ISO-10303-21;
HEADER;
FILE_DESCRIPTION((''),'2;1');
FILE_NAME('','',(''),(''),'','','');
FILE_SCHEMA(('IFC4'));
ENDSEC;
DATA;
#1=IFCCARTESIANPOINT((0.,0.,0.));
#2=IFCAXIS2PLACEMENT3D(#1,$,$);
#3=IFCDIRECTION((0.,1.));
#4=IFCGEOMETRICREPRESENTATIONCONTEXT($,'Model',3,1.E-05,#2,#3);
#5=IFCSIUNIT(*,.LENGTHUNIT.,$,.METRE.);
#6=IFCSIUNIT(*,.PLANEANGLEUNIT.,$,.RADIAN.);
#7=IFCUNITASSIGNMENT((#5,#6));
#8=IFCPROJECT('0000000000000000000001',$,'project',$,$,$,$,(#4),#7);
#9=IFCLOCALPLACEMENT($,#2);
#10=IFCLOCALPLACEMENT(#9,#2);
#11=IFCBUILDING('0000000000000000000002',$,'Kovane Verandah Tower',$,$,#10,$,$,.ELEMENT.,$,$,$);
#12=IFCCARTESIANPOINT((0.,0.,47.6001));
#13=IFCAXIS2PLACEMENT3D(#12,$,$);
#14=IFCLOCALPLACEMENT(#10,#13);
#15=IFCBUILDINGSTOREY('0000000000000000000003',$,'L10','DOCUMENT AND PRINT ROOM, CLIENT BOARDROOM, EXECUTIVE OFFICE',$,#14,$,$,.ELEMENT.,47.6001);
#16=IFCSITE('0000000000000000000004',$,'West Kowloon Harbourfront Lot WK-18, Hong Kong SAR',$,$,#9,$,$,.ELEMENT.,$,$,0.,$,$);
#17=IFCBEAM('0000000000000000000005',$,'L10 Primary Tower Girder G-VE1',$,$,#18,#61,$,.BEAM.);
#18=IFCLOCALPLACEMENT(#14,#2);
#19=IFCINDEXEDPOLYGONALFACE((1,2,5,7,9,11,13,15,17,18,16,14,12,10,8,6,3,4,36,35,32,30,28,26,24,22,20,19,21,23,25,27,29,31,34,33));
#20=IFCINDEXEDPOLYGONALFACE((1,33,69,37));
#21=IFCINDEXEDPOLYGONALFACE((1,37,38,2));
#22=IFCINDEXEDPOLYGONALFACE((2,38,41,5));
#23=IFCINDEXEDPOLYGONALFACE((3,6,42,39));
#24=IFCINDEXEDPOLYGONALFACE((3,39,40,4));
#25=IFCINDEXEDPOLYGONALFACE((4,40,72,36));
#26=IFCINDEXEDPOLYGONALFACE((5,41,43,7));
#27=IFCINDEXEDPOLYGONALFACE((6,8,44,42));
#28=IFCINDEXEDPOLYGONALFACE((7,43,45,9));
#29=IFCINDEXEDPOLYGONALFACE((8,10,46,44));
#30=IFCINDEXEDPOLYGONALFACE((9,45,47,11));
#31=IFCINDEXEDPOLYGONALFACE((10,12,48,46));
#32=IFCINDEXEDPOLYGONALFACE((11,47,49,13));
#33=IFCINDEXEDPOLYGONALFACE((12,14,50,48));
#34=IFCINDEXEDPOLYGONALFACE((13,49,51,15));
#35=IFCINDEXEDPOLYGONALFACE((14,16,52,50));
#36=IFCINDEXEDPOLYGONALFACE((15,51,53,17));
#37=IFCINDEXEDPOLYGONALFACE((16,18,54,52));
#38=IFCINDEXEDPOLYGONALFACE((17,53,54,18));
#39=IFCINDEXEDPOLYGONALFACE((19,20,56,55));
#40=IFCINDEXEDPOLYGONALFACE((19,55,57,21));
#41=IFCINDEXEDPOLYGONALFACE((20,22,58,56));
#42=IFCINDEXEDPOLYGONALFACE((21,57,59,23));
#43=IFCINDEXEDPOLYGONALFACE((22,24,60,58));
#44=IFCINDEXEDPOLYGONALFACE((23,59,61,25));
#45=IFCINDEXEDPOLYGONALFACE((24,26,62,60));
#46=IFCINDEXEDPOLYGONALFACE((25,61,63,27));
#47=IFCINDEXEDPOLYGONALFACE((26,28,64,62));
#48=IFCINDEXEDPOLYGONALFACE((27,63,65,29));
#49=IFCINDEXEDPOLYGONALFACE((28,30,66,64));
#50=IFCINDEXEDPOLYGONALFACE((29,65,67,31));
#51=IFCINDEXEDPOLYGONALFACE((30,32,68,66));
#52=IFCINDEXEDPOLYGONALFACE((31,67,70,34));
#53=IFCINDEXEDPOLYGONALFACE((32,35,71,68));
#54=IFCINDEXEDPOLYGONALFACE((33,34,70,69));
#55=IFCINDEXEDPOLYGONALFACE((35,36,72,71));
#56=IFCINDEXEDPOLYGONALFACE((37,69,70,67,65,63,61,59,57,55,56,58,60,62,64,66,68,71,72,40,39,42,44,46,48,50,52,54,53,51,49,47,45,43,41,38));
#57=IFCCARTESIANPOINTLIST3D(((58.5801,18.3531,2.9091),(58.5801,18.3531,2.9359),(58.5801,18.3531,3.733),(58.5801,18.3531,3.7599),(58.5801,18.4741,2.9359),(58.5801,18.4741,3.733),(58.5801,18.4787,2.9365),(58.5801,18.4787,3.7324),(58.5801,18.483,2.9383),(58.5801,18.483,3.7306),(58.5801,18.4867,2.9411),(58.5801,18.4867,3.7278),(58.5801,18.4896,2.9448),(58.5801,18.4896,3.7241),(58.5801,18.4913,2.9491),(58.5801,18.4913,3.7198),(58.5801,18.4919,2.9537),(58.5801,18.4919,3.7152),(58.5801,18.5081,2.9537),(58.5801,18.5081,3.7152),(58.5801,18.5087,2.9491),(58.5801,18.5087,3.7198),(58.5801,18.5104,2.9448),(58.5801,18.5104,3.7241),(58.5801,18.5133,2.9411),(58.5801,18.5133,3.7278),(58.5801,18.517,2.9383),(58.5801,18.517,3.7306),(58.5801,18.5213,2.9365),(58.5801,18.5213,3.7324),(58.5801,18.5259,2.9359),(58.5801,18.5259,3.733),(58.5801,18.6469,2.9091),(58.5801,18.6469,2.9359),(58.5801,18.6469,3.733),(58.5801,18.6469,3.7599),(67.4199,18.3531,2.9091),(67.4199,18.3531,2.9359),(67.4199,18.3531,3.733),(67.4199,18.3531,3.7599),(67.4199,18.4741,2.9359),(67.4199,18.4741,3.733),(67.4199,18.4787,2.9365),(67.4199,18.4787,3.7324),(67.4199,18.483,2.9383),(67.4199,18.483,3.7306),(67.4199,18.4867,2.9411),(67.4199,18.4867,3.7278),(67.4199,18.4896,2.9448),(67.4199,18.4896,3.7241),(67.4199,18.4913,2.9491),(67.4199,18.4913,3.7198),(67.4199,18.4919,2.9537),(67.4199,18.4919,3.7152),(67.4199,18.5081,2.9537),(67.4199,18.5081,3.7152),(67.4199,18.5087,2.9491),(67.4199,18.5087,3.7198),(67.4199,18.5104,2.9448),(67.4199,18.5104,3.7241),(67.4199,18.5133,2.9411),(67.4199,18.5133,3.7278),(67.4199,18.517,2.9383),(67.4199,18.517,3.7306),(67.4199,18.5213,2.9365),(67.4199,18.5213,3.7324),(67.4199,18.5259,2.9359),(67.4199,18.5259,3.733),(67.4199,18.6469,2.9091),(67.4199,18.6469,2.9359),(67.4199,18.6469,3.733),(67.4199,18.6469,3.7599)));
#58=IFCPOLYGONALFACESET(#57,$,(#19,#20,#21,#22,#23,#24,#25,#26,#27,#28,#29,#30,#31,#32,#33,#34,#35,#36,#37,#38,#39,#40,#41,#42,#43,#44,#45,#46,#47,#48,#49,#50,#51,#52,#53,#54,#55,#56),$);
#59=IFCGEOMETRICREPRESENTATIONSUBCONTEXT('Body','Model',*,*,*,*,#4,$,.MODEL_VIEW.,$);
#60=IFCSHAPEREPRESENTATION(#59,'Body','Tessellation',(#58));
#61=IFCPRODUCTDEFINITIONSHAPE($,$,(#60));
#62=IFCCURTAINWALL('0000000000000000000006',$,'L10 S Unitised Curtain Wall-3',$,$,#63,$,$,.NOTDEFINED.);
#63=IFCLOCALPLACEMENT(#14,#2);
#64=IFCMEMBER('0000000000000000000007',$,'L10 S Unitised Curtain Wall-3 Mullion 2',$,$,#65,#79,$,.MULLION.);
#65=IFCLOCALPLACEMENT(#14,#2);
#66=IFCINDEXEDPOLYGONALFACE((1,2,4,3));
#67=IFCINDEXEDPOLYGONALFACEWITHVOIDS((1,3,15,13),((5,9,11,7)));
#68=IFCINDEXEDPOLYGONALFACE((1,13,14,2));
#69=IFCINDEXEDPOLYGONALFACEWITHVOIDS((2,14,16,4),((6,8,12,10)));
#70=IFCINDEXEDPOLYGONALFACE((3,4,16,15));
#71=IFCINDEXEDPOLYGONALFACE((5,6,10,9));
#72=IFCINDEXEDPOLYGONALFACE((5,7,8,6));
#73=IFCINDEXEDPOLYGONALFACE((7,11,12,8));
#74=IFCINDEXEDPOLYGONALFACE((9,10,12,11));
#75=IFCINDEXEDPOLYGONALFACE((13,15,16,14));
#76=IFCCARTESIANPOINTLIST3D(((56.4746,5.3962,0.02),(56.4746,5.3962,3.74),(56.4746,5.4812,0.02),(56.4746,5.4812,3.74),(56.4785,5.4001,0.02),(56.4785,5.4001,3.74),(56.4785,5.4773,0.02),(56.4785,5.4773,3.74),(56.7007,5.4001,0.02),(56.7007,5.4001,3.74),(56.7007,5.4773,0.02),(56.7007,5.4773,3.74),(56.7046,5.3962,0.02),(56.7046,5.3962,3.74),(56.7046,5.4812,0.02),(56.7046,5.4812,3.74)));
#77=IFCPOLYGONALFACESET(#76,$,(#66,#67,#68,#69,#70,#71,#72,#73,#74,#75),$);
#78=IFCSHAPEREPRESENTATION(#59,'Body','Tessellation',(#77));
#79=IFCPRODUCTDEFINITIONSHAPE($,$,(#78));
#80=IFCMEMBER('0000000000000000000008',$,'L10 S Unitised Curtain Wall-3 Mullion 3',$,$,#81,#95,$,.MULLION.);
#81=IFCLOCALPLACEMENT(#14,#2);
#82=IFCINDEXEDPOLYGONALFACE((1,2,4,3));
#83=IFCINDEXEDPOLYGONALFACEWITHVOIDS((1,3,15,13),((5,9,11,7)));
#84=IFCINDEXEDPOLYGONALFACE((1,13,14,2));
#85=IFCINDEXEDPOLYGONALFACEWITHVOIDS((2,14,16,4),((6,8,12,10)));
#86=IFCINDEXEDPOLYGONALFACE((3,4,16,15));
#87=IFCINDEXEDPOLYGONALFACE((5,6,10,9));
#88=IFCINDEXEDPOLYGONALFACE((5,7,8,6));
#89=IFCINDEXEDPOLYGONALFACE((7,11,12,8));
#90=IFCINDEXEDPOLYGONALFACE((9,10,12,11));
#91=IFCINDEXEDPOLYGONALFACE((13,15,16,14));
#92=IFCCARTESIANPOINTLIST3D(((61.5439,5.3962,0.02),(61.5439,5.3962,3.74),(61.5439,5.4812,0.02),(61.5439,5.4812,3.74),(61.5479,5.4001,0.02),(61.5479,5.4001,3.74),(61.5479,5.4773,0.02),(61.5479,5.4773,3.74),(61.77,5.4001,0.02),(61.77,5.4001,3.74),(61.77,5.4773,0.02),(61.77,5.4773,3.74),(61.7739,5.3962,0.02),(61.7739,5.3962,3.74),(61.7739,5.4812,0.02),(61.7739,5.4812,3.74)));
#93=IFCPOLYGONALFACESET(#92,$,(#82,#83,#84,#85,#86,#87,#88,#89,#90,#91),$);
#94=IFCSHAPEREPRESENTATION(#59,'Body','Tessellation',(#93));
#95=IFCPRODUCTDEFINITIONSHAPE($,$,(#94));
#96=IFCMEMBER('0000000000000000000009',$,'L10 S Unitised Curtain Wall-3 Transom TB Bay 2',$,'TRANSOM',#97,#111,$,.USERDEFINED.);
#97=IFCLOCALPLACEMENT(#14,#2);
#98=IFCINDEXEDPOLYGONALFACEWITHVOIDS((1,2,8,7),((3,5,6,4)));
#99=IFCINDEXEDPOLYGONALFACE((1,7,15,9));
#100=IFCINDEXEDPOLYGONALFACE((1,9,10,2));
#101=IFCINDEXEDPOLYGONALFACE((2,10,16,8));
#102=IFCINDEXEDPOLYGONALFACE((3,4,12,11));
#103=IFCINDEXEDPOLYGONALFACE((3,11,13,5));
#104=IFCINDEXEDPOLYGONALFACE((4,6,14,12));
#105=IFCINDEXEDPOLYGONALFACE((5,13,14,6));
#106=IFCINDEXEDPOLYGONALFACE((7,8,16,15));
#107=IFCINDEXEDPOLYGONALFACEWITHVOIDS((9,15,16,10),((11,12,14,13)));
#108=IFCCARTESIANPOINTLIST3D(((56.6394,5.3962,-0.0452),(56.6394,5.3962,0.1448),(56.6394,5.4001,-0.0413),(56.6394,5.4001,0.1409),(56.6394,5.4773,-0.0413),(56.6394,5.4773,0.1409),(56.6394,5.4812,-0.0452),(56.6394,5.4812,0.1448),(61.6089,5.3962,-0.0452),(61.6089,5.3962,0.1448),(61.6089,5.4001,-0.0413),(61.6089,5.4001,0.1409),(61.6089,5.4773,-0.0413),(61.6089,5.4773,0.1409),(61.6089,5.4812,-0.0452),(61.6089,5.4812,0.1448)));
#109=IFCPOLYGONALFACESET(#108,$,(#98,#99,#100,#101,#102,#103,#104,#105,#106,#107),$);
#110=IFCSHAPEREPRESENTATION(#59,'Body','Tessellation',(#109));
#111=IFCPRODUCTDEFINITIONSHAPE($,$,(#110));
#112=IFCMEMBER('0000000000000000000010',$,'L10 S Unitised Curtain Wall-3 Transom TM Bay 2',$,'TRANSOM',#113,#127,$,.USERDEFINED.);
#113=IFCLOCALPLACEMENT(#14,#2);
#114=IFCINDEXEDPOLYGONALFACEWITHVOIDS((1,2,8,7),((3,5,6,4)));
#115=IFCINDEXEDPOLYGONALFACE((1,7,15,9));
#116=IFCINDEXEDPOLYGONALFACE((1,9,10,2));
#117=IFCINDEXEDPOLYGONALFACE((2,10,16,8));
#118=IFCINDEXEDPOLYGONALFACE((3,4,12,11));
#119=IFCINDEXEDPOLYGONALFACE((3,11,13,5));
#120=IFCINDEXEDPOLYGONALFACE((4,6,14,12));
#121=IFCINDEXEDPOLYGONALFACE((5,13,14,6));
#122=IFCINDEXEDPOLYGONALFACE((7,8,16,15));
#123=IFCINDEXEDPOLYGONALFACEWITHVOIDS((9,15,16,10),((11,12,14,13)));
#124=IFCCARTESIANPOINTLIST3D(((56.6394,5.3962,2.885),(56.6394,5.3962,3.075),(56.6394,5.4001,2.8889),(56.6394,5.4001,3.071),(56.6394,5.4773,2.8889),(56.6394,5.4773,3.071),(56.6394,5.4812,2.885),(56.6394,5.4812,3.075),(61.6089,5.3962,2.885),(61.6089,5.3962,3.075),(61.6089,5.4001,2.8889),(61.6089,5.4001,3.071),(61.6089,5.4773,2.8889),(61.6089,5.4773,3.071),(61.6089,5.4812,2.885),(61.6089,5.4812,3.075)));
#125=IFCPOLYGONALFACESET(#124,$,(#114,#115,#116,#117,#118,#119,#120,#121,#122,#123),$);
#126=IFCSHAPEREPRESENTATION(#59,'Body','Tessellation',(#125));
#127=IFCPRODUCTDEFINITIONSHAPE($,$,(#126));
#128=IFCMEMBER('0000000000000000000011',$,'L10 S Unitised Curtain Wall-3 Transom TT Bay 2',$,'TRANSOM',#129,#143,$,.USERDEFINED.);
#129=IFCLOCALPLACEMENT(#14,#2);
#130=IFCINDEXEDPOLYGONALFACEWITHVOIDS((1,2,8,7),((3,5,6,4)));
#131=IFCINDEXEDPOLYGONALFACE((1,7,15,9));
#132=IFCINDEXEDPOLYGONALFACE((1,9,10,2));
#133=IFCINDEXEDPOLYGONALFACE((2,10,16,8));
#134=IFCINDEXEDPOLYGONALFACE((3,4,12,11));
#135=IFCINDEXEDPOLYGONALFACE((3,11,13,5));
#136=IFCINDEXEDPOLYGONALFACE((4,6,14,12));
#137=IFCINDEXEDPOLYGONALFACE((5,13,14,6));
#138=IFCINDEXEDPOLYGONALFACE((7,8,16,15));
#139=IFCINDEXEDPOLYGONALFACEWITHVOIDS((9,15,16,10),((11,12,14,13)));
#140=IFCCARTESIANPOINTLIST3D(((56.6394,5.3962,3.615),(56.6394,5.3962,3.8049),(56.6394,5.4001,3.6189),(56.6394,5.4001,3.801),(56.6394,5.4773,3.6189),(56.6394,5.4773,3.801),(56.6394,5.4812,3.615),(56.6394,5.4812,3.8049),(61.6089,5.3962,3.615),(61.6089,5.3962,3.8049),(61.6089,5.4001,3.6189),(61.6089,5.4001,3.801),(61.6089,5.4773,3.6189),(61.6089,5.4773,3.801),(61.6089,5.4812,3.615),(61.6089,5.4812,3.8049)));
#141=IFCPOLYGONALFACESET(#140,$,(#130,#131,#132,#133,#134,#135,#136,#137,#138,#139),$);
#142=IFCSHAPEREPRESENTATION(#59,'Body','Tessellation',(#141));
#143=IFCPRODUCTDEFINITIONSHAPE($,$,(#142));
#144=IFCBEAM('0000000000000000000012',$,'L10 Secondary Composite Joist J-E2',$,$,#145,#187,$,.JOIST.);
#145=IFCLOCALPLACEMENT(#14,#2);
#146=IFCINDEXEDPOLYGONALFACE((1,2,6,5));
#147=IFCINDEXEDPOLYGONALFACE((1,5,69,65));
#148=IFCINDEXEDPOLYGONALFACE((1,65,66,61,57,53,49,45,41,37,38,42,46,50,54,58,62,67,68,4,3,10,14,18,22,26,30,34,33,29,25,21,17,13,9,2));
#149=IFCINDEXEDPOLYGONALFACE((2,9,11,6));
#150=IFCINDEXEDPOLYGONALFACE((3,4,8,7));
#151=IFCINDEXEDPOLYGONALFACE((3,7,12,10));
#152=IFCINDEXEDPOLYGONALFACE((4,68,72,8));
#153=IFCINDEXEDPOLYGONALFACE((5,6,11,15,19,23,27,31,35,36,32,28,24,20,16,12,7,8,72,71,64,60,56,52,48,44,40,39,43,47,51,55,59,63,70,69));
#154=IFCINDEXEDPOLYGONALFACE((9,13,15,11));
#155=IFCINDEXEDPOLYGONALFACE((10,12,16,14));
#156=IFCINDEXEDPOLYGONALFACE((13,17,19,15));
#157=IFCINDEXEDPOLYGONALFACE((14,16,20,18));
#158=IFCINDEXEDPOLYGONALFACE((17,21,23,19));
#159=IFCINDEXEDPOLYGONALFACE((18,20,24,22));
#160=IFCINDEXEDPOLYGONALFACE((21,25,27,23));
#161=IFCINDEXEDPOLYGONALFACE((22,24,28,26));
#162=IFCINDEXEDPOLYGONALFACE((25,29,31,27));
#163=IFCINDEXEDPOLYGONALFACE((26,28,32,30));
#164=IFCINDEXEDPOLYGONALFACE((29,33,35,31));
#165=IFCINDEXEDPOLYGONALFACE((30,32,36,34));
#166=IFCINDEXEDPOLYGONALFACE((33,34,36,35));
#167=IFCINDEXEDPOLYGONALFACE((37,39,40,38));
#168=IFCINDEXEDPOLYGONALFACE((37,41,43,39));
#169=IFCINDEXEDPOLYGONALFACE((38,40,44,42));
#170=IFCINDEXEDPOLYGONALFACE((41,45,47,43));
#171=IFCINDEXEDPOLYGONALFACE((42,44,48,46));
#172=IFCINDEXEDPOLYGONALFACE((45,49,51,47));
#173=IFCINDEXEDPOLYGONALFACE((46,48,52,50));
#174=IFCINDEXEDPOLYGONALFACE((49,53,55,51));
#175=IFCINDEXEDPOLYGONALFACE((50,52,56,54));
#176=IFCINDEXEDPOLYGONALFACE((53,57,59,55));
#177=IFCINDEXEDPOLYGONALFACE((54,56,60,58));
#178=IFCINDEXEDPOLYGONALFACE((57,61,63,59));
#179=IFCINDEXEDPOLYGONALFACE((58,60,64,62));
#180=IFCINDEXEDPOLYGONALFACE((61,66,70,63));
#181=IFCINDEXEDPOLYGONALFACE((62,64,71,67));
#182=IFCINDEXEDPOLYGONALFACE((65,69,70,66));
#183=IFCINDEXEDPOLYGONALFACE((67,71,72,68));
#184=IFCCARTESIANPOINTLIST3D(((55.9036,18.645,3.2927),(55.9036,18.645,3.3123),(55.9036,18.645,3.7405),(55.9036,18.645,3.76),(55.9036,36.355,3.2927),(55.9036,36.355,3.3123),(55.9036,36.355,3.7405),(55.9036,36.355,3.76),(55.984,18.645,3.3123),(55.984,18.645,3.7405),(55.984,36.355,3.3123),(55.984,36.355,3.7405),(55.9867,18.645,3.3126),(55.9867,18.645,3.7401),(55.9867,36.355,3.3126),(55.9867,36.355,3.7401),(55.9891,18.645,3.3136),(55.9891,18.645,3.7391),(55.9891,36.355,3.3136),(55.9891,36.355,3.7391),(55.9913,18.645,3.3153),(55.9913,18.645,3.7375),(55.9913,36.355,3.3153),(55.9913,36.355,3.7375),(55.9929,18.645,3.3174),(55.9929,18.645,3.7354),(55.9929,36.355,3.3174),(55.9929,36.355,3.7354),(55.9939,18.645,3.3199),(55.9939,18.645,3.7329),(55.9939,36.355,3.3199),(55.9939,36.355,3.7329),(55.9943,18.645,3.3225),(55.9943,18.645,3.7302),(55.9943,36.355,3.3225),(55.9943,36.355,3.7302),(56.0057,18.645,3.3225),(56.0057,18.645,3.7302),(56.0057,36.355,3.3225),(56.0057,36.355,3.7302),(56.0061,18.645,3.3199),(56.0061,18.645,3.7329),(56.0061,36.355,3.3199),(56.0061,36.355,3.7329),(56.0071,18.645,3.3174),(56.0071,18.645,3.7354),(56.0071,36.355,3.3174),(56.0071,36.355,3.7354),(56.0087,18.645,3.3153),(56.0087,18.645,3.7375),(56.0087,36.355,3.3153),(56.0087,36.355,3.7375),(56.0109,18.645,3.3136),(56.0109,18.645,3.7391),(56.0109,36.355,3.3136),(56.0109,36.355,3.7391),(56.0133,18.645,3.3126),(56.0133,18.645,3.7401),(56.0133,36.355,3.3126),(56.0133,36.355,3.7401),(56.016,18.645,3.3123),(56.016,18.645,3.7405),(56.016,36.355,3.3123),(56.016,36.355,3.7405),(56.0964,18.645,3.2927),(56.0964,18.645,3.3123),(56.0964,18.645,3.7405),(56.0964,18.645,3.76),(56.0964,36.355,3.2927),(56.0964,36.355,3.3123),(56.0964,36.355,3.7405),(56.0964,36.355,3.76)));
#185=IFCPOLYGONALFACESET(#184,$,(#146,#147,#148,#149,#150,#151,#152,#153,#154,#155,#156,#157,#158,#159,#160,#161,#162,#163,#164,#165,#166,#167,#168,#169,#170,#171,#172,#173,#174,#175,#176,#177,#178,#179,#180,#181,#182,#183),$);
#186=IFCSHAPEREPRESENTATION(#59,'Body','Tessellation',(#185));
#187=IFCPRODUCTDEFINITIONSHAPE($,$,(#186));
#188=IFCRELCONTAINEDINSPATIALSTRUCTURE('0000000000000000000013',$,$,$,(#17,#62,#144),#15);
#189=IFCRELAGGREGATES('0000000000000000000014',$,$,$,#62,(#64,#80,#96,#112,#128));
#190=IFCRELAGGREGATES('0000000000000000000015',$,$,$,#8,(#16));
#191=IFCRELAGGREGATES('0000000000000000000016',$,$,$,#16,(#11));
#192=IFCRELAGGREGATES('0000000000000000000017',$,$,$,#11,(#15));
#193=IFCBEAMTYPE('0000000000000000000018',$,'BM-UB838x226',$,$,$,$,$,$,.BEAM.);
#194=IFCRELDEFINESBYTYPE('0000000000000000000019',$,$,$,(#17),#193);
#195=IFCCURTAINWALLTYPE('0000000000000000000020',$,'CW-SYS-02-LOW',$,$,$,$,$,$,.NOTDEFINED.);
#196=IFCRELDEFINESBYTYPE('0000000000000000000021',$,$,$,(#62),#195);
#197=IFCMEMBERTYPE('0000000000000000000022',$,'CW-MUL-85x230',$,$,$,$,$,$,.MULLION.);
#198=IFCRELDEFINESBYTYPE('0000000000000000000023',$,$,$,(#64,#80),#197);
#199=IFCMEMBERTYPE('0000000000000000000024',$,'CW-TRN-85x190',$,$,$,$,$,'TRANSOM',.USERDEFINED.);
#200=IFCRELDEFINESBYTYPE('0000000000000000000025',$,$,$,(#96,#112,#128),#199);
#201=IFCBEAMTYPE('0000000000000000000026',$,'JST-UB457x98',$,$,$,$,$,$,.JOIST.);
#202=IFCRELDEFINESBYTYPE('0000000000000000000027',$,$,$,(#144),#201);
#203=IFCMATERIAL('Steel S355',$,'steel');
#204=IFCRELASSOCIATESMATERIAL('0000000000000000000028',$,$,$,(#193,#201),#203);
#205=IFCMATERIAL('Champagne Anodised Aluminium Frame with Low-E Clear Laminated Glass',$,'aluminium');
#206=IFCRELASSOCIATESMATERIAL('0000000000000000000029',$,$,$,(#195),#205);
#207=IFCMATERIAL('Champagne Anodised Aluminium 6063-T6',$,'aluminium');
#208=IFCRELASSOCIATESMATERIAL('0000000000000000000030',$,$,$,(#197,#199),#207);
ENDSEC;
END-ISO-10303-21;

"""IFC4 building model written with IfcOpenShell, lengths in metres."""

from ifc_helpers import new_model, si_unit, direction, frame, origin, origin_2d, place, context, subcontext, project, spatial, hollow_rectangle, i_section, extrude, material, material_profile, profile_set, type_object, element, aggregate, save


model = new_model("IFC4")

# Units and contexts
model_context = context("Model", 3, precision=1e-05, world=origin(), true_north=direction((0.0, 1.0)))
body_context = subcontext(model_context, "Body", "Model", "MODEL_VIEW")
ifc_project = project(units=[si_unit("LENGTHUNIT", "METRE"), si_unit("PLANEANGLEUNIT", "RADIAN")], contexts=[model_context])

# Site, building, storey
site_placement = place(None, origin())
site = spatial("IfcSite", under=ifc_project, at=site_placement, Name="West Kowloon Harbourfront Lot WK-18, Hong Kong SAR", CompositionType="ELEMENT", RefElevation=0.0)
building_placement = place(site_placement, origin())
building = spatial("IfcBuilding", under=site, at=building_placement, Name="Kovane Verandah Tower", CompositionType="ELEMENT")
storey_placement = place(building_placement, frame((0.0, 0.0, 47.6001)))
storey = spatial("IfcBuildingStorey", under=building, at=storey_placement, Name="L10", Description="DOCUMENT AND PRINT ROOM, CLIENT BOARDROOM, EXECUTIVE OFFICE", CompositionType="ELEMENT", Elevation=47.6001)

# Beam
ifc_material_1 = material(Name="Steel S355", Category="steel")
ifc_material_profile_1 = material_profile(ifc_material_1, i_section(OverallWidth=0.2937, OverallDepth=0.8508, WebThickness=0.0161, FlangeThickness=0.0269, FilletRadius=0.0178, at=origin_2d()), Name="UB838x292x226")
ifc_profile_set_1 = profile_set([ifc_material_profile_1], Name="Steel S355")
beam_type_1 = type_object("IfcBeamType", Name="BM-UB838x226", PredefinedType="BEAM", material=ifc_profile_set_1)
beam_1_placement = place(storey_placement, frame((58.5801, 18.5, 3.3345), z_axis=(1.0, 0.0, 0.0), x_axis=(0.0, 1.0, 0.0)))
element("IfcBeam", 1, at=beam_1_placement, inside=storey, type_object=beam_type_1, Name="L10 Primary Tower Girder G-VE1", PredefinedType="BEAM", context=body_context, shape_type="SweptSolid", body=[
    extrude(i_section(OverallWidth=0.2937, OverallDepth=0.8508, WebThickness=0.0161, FlangeThickness=0.0269, FilletRadius=0.0178, at=origin_2d()), origin(), (0.0, 0.0, 1.0), 8.8398),
])

# Curtain wall, members
ifc_material_2 = material(Name="Champagne Anodised Aluminium Frame with Low-E Clear Laminated Glass", Category="aluminium")
curtain_wall_type = type_object("IfcCurtainWallType", Name="CW-SYS-02-LOW", PredefinedType="NOTDEFINED", material=ifc_material_2)
curtain_wall_placement = place(storey_placement, origin())
curtain_wall = element("IfcCurtainWall", 2, at=curtain_wall_placement, inside=storey, type_object=curtain_wall_type, Name="L10 S Unitised Curtain Wall-3", PredefinedType="NOTDEFINED")
ifc_material_3 = material(Name="Champagne Anodised Aluminium 6063-T6", Category="aluminium")
ifc_material_profile_2 = material_profile(ifc_material_3, hollow_rectangle(XDim=0.085, YDim=0.23, WallThickness=0.0039, at=origin_2d()), Name="AL85x230x4")
ifc_profile_set_2 = profile_set([ifc_material_profile_2], Name="Champagne Anodised Aluminium 6063-T6")
member_type_1 = type_object("IfcMemberType", Name="CW-MUL-85x230", PredefinedType="MULLION", material=ifc_profile_set_2)
member_1_placement = place(storey_placement, frame((56.5896, 5.4387, 0.02), z_axis=(0.0, 0.0, 1.0), x_axis=(0.0, -1.0, 0.0)))
member_1 = element("IfcMember", 3, at=member_1_placement, type_object=member_type_1, Name="L10 S Unitised Curtain Wall-3 Mullion 2", PredefinedType="MULLION", context=body_context, shape_type="SweptSolid", body=[
    extrude(hollow_rectangle(XDim=0.085, YDim=0.23, WallThickness=0.0039, at=origin_2d()), origin(), (0.0, 0.0, 1.0), 3.72),
])
member_2_placement = place(storey_placement, frame((61.6589, 5.4387, 0.02), z_axis=(0.0, 0.0, 1.0), x_axis=(0.0, -1.0, 0.0)))
member_2 = element("IfcMember", 4, at=member_2_placement, type_object=member_type_1, Name="L10 S Unitised Curtain Wall-3 Mullion 3", PredefinedType="MULLION", context=body_context, shape_type="SweptSolid", body=[
    extrude(hollow_rectangle(XDim=0.085, YDim=0.23, WallThickness=0.0039, at=origin_2d()), origin(), (0.0, 0.0, 1.0), 3.72),
])
ifc_material_profile_3 = material_profile(ifc_material_3, hollow_rectangle(XDim=0.085, YDim=0.1899, WallThickness=0.0039, at=origin_2d()), Name="AL85x190x4")
ifc_profile_set_3 = profile_set([ifc_material_profile_3], Name="Champagne Anodised Aluminium 6063-T6")
member_type_2 = type_object("IfcMemberType", Name="CW-TRN-85x190", ElementType="TRANSOM", PredefinedType="USERDEFINED", material=ifc_profile_set_3)
member_3_placement = place(storey_placement, frame((56.6394, 5.4387, 0.0498), z_axis=(1.0, 0.0, 0.0), x_axis=(0.0, 1.0, 0.0)))
member_3 = element("IfcMember", 5, at=member_3_placement, type_object=member_type_2, Name="L10 S Unitised Curtain Wall-3 Transom TB Bay 2", ObjectType="TRANSOM", PredefinedType="USERDEFINED", context=body_context, shape_type="SweptSolid", body=[
    extrude(hollow_rectangle(XDim=0.085, YDim=0.1899, WallThickness=0.0039, at=origin_2d()), origin(), (0.0, 0.0, 1.0), 4.9695),
])
member_4_placement = place(storey_placement, frame((56.6394, 5.4387, 2.98), z_axis=(1.0, 0.0, 0.0), x_axis=(0.0, 1.0, 0.0)))
member_4 = element("IfcMember", 6, at=member_4_placement, type_object=member_type_2, Name="L10 S Unitised Curtain Wall-3 Transom TM Bay 2", ObjectType="TRANSOM", PredefinedType="USERDEFINED", context=body_context, shape_type="SweptSolid", body=[
    extrude(hollow_rectangle(XDim=0.085, YDim=0.1899, WallThickness=0.0039, at=origin_2d()), origin(), (0.0, 0.0, 1.0), 4.9695),
])
member_5_placement = place(storey_placement, frame((56.6394, 5.4387, 3.71), z_axis=(1.0, 0.0, 0.0), x_axis=(0.0, 1.0, 0.0)))
member_5 = element("IfcMember", 7, at=member_5_placement, type_object=member_type_2, Name="L10 S Unitised Curtain Wall-3 Transom TT Bay 2", ObjectType="TRANSOM", PredefinedType="USERDEFINED", context=body_context, shape_type="SweptSolid", body=[
    extrude(hollow_rectangle(XDim=0.085, YDim=0.1899, WallThickness=0.0039, at=origin_2d()), origin(), (0.0, 0.0, 1.0), 4.9695),
])

# Beam
ifc_material_profile_4 = material_profile(ifc_material_1, i_section(OverallWidth=0.1929, OverallDepth=0.4673, WebThickness=0.0115, FlangeThickness=0.0195, FilletRadius=0.0103, at=origin_2d()), Name="UB457x191x98")
ifc_profile_set_4 = profile_set([ifc_material_profile_4], Name="Steel S355")
beam_type_2 = type_object("IfcBeamType", Name="JST-UB457x98", PredefinedType="JOIST", material=ifc_profile_set_4)
beam_2_placement = place(storey_placement, frame((56.0, 18.645, 3.5264), z_axis=(0.0, 1.0, 0.0), x_axis=(-1.0, 0.0, 0.0)))
element("IfcBeam", 8, at=beam_2_placement, inside=storey, type_object=beam_type_2, Name="L10 Secondary Composite Joist J-E2", PredefinedType="JOIST", context=body_context, shape_type="SweptSolid", body=[
    extrude(i_section(OverallWidth=0.1929, OverallDepth=0.4673, WebThickness=0.0115, FlangeThickness=0.0195, FilletRadius=0.0103, at=origin_2d()), origin(), (0.0, 0.0, 1.0), 17.71),
])

aggregate(curtain_wall, [member_1, member_2, member_3, member_4, member_5])

save(model, "model.ifc")
